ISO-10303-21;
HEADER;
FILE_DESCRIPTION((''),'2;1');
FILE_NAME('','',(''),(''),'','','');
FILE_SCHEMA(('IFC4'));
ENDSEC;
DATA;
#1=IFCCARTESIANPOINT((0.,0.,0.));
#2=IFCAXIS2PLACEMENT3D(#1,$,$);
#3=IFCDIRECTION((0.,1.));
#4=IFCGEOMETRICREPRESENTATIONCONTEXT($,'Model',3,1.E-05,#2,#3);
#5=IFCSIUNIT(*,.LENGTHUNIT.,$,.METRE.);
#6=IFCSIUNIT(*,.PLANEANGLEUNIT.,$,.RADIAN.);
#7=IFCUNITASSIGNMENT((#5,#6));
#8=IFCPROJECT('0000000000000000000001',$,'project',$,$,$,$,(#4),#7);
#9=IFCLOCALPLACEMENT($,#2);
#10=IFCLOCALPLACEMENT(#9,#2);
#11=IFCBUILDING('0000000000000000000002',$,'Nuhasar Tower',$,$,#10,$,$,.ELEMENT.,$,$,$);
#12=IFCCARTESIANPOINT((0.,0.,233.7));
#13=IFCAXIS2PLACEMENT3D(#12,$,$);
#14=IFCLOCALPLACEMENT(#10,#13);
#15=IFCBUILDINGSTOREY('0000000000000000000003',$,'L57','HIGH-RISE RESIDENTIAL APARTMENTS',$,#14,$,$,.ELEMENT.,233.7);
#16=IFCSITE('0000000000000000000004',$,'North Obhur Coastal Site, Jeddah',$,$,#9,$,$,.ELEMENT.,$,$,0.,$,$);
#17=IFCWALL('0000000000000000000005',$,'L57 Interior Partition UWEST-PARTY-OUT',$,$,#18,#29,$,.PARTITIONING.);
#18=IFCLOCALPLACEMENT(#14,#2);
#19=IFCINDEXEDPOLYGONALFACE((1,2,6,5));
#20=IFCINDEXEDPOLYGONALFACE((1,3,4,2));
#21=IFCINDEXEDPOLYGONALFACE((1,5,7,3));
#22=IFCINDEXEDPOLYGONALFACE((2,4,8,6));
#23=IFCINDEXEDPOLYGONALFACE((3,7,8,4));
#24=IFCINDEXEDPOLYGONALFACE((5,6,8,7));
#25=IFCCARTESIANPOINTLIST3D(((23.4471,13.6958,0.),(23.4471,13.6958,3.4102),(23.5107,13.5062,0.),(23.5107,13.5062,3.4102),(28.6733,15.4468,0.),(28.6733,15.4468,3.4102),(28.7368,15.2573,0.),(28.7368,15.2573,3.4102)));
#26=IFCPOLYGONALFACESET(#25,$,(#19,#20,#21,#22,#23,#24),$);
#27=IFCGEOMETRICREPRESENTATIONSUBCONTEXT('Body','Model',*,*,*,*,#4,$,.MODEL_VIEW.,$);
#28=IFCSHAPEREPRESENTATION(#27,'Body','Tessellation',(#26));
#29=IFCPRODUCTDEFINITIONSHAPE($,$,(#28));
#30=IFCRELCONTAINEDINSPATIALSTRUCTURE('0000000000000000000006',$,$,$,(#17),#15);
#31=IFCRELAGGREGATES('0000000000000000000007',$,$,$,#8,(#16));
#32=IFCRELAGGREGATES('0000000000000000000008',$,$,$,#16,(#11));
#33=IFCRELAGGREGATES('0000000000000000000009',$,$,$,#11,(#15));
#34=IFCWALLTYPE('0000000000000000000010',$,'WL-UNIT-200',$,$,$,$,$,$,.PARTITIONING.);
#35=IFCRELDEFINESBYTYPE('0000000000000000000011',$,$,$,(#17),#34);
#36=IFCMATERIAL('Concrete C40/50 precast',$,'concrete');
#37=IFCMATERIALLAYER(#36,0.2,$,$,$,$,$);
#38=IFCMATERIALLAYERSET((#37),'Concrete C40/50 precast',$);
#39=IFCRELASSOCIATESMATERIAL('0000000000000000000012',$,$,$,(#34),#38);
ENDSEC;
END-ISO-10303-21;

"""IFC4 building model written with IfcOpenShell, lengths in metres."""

from ifc_helpers import new_model, si_unit, direction, frame, frame_2d, origin, place, context, subcontext, project, spatial, rectangle, extrude, material, layer, layer_set, type_object, element, save


model = new_model("IFC4")

# Units and contexts
model_context = context("Model", 3, precision=1e-05, world=origin(), true_north=direction((0.0, 1.0)))
body_context = subcontext(model_context, "Body", "Model", "MODEL_VIEW")
ifc_project = project(units=[si_unit("LENGTHUNIT", "METRE"), si_unit("PLANEANGLEUNIT", "RADIAN")], contexts=[model_context])

# Site, building, storey
site_placement = place(None, origin())
site = spatial("IfcSite", under=ifc_project, at=site_placement, Name="North Obhur Coastal Site, Jeddah", CompositionType="ELEMENT", RefElevation=0.0)
building_placement = place(site_placement, origin())
building = spatial("IfcBuilding", under=site, at=building_placement, Name="Nuhasar Tower", CompositionType="ELEMENT")
storey_placement = place(building_placement, frame((0.0, 0.0, 233.7)))
storey = spatial("IfcBuildingStorey", under=building, at=storey_placement, Name="L57", Description="HIGH-RISE RESIDENTIAL APARTMENTS", CompositionType="ELEMENT", Elevation=233.7)

# Wall
ifc_material_1 = material(Name="Concrete C40/50 precast", Category="concrete")
ifc_layer_1 = layer(ifc_material_1, 0.2)
ifc_layer_set_1 = layer_set([ifc_layer_1], Name="Concrete C40/50 precast")
wall_type_1 = type_object("IfcWallType", Name="WL-UNIT-200", PredefinedType="PARTITIONING", material=ifc_layer_set_1)
wall_1_placement = place(storey_placement, frame((28.7051, 15.3521, 0.0), z_axis=(0.0, 0.0, 1.0), x_axis=(-0.948195, -0.317689, 0.0)))
element("IfcWall", 1, at=wall_1_placement, inside=storey, type_object=wall_type_1, Name="L57 Interior Partition UWEST-PARTY-OUT", PredefinedType="PARTITIONING", context=body_context, shape_type="SweptSolid", body=[
    extrude(rectangle(XDim=5.5117, YDim=0.2, at=frame_2d((2.7559, 0.0))), origin(), (0.0, 0.0, 1.0), 3.4102),
])

save(model, "model.ifc")
